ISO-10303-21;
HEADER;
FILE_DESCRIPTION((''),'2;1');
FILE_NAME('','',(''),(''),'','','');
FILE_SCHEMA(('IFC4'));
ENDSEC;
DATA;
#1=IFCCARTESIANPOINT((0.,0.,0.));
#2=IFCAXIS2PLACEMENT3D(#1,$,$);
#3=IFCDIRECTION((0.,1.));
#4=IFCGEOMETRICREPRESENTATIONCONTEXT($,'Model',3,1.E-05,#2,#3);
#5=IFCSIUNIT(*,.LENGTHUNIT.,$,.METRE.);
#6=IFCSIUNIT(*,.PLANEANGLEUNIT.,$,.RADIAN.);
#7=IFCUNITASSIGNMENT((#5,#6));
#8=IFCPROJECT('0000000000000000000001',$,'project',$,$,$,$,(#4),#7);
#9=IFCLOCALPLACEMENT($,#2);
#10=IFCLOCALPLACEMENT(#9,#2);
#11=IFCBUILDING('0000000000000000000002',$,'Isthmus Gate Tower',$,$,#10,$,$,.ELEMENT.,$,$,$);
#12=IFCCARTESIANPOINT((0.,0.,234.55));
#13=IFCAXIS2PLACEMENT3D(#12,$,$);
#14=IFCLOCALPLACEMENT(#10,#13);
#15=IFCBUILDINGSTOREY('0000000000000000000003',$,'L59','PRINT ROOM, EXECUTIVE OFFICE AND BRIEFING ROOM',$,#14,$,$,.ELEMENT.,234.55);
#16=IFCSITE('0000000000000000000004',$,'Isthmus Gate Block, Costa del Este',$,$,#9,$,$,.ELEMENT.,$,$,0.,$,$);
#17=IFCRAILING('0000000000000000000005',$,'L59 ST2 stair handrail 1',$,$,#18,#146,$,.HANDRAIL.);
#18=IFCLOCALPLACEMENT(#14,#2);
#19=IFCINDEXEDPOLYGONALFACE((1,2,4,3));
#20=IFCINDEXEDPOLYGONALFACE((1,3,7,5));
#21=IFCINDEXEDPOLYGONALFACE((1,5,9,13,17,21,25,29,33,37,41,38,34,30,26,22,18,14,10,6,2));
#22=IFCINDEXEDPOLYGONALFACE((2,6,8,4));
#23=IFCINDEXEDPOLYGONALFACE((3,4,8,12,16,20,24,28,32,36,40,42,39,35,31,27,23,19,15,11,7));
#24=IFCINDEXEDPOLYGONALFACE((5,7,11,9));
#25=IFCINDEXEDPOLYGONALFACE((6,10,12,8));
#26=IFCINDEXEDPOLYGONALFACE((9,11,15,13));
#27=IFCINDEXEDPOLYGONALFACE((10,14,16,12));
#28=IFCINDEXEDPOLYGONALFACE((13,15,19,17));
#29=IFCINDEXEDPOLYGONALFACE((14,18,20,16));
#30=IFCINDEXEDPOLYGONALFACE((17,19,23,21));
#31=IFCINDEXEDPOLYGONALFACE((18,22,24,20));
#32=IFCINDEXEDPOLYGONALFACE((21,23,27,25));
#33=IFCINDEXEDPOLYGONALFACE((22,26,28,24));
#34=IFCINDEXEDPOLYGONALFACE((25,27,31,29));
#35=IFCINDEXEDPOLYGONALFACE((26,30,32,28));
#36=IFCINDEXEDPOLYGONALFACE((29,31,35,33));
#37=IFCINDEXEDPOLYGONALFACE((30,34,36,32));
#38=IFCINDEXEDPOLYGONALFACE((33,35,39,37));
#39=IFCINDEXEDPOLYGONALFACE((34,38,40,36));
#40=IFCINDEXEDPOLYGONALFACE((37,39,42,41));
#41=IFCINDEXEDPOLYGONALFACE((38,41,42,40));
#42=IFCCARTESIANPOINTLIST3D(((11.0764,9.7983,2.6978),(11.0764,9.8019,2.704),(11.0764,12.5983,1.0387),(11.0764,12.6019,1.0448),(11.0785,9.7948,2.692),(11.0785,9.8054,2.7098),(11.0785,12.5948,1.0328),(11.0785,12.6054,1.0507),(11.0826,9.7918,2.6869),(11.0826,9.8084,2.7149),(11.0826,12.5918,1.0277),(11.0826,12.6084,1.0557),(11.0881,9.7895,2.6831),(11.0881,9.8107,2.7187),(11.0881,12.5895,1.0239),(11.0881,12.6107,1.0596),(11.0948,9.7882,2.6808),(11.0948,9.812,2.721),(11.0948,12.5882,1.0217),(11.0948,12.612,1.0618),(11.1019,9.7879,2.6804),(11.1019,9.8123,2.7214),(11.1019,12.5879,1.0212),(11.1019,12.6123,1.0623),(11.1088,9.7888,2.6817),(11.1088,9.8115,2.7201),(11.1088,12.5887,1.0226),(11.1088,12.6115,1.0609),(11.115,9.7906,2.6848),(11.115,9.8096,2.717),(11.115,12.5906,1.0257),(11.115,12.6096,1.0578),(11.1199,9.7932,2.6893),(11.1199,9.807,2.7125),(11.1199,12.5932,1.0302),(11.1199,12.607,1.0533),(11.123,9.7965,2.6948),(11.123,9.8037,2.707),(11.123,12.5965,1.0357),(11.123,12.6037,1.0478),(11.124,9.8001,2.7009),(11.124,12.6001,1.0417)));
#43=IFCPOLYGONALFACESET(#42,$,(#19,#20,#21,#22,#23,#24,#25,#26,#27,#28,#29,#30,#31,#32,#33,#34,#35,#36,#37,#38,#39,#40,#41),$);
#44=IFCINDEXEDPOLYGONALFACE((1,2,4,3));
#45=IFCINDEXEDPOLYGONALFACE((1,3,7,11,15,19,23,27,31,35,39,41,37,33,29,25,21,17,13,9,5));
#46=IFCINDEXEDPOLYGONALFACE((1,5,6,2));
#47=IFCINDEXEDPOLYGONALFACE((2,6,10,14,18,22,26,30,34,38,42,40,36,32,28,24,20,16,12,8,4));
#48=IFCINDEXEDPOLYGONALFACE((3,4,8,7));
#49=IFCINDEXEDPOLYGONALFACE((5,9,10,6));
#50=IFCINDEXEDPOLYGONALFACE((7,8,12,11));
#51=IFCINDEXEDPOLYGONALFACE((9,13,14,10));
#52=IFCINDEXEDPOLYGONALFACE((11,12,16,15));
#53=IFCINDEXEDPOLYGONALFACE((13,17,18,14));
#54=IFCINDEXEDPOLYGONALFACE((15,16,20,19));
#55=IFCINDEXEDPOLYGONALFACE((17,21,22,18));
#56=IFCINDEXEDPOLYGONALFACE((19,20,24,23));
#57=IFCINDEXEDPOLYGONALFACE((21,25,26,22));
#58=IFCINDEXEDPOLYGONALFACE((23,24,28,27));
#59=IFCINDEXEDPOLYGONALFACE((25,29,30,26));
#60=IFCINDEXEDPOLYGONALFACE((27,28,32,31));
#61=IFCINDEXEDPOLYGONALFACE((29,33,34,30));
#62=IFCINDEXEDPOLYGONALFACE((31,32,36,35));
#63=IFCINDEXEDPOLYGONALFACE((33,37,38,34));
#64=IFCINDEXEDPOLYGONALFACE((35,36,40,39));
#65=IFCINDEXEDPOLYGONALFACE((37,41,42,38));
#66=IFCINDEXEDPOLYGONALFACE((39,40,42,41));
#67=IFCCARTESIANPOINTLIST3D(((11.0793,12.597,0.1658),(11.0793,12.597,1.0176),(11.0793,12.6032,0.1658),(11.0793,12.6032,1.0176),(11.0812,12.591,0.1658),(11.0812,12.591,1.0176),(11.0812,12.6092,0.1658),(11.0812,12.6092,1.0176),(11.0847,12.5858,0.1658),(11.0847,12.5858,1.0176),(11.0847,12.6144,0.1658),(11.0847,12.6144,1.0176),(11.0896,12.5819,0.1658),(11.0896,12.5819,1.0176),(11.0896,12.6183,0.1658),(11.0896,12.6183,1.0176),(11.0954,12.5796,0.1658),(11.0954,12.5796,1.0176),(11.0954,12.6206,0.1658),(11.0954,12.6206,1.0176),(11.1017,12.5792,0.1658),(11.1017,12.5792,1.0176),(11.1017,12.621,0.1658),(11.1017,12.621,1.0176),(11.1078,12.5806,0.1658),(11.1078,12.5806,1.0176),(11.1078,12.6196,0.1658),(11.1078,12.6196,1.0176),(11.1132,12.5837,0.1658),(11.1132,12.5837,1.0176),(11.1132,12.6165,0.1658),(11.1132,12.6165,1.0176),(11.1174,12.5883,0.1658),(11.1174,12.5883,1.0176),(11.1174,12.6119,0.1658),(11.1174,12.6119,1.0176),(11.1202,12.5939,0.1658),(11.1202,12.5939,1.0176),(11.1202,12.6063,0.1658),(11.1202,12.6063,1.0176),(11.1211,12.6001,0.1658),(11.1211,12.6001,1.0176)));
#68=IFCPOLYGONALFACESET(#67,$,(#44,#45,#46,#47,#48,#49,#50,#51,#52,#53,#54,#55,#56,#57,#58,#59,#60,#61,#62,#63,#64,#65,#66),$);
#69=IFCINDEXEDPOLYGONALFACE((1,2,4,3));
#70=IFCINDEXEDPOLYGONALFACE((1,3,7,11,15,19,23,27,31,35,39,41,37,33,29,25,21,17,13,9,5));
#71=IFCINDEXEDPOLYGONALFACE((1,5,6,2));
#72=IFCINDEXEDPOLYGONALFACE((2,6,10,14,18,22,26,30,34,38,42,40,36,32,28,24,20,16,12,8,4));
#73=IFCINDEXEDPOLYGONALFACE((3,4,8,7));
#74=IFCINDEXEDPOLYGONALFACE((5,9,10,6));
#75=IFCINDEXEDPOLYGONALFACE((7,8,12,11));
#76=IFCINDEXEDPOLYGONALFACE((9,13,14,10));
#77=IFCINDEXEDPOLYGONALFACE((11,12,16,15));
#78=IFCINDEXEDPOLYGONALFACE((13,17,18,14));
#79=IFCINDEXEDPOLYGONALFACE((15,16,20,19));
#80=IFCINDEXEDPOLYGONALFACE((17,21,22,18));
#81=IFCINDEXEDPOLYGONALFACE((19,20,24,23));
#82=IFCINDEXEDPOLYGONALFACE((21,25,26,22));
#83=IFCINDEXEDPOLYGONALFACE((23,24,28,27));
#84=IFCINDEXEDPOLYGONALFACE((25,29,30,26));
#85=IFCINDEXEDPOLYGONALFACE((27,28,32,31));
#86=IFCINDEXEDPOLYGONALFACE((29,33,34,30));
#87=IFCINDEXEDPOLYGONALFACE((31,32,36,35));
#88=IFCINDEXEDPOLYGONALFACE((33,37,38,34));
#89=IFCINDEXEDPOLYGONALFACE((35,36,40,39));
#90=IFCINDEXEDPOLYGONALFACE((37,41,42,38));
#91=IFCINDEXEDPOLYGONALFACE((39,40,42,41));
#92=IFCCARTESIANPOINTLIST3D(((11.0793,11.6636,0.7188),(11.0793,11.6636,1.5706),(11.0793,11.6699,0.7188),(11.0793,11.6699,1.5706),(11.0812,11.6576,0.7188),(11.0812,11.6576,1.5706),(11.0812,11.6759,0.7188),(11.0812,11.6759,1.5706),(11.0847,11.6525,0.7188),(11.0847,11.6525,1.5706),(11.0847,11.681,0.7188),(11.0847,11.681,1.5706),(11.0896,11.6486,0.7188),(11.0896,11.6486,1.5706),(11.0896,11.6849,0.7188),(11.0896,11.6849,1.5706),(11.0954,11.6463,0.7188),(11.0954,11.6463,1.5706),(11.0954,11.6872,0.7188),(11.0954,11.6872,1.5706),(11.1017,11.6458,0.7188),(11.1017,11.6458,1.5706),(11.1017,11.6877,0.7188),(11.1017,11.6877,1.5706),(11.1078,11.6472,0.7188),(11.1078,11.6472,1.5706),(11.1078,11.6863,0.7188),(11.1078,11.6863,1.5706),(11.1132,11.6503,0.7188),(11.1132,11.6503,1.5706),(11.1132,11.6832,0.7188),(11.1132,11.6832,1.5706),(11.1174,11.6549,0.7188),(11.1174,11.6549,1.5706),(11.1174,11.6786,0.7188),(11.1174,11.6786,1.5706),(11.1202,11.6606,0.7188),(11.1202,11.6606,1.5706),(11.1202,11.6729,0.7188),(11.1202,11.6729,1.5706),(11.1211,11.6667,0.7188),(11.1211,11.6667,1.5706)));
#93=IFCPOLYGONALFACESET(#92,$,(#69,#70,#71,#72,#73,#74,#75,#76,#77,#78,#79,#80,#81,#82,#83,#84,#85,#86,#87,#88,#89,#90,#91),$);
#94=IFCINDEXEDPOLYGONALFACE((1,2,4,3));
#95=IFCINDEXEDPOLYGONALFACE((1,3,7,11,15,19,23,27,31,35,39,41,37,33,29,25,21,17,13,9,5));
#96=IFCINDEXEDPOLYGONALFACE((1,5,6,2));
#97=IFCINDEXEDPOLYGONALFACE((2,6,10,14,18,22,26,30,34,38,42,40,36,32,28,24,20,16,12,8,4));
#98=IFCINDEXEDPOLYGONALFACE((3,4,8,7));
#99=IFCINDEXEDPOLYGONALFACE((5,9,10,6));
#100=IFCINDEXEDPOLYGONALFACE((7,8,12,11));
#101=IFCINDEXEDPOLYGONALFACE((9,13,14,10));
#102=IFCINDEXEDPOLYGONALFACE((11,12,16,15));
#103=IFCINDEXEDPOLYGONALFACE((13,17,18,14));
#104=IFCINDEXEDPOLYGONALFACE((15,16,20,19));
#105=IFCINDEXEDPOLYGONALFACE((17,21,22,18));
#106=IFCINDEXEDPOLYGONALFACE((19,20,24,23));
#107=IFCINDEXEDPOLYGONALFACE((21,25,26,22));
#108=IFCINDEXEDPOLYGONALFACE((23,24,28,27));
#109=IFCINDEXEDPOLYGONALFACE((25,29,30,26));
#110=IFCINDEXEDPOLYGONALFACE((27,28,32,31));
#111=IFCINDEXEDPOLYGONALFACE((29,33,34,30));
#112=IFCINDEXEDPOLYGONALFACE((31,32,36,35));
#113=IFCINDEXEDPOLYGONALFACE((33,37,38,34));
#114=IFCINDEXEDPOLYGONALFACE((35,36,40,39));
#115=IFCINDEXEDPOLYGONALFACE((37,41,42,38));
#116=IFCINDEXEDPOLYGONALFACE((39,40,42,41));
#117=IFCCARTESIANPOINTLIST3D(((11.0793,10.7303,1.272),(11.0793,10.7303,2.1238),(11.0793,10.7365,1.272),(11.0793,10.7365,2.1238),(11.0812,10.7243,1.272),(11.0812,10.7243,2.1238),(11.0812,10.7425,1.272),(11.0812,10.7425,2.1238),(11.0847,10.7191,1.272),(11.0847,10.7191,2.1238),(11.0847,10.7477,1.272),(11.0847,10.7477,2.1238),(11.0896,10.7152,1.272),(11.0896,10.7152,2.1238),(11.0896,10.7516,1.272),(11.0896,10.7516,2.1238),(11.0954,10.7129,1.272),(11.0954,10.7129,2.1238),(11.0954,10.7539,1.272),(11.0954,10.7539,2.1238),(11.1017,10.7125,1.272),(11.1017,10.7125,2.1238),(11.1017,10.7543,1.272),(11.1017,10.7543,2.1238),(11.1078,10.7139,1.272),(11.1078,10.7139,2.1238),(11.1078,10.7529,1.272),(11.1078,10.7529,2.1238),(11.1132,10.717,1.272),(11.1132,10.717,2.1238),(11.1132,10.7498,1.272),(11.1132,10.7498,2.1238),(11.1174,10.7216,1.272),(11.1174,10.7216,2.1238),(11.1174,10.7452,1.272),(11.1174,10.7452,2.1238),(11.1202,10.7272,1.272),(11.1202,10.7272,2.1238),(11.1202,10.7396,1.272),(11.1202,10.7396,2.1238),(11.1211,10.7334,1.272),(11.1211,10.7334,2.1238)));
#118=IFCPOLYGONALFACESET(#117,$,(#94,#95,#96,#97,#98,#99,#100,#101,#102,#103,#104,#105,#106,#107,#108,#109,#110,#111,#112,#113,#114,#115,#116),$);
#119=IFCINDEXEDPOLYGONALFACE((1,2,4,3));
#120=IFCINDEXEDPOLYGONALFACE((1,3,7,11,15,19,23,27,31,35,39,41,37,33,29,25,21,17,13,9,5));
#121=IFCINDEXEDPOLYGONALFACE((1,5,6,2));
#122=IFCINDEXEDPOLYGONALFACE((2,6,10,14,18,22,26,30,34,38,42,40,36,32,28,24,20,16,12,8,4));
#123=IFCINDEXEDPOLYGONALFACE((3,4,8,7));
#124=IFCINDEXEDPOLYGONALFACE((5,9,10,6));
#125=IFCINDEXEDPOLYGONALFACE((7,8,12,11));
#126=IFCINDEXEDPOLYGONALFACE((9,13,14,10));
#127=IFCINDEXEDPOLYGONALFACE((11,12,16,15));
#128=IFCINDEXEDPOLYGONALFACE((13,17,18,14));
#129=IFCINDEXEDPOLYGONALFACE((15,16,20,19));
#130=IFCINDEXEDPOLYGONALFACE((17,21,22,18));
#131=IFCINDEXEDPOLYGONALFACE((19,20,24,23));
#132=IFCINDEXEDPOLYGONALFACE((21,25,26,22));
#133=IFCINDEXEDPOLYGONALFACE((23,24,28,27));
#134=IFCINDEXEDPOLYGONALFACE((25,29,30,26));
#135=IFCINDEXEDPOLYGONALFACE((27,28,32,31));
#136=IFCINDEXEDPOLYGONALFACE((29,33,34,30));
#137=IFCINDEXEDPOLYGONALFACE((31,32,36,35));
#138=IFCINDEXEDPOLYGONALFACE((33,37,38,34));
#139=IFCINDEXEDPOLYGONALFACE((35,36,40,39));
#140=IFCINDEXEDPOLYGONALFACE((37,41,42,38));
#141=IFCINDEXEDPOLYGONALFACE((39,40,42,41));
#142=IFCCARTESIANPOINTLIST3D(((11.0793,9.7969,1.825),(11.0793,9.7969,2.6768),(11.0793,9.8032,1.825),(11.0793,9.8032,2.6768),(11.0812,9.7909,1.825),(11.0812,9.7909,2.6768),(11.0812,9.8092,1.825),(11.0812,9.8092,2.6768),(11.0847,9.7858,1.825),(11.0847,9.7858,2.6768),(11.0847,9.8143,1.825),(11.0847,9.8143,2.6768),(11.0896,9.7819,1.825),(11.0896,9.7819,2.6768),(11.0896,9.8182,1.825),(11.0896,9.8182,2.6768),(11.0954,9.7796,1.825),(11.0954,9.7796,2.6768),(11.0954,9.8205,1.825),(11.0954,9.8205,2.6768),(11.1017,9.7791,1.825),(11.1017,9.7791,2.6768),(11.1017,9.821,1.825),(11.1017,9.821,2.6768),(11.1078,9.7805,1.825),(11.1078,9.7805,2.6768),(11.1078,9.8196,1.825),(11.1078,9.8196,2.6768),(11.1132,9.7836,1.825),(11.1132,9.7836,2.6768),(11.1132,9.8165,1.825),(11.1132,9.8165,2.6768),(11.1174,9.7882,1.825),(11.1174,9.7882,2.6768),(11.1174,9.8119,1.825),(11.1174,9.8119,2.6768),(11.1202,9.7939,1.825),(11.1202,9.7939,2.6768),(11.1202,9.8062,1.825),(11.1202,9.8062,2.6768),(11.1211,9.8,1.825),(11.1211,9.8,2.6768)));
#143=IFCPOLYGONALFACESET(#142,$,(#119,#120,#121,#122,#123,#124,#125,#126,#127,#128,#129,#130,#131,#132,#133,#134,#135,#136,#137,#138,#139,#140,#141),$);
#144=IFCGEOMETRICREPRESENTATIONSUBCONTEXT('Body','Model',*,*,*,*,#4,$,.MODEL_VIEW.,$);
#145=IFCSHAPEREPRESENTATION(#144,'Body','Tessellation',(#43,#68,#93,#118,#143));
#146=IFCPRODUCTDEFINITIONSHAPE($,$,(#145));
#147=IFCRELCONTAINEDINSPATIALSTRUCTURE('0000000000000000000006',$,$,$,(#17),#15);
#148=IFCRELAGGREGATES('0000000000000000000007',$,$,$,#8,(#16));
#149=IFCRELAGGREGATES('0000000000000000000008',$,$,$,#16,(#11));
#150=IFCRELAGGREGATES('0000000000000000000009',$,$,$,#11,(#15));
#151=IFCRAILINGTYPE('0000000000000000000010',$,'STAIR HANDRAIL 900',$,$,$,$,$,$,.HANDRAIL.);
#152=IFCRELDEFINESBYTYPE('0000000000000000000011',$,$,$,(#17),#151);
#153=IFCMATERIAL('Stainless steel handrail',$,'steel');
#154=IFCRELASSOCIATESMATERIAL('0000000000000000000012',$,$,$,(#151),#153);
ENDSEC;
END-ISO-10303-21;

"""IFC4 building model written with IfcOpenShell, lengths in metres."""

from ifc_helpers import new_model, si_unit, direction, frame, origin, origin_2d, place, context, subcontext, project, spatial, circle, extrude, material, type_object, element, save


model = new_model("IFC4")

# Units and contexts
model_context = context("Model", 3, precision=1e-05, world=origin(), true_north=direction((0.0, 1.0)))
body_context = subcontext(model_context, "Body", "Model", "MODEL_VIEW")
ifc_project = project(units=[si_unit("LENGTHUNIT", "METRE"), si_unit("PLANEANGLEUNIT", "RADIAN")], contexts=[model_context])

# Site, building, storey
site_placement = place(None, origin())
site = spatial("IfcSite", under=ifc_project, at=site_placement, Name="Isthmus Gate Block, Costa del Este", CompositionType="ELEMENT", RefElevation=0.0)
building_placement = place(site_placement, origin())
building = spatial("IfcBuilding", under=site, at=building_placement, Name="Isthmus Gate Tower", CompositionType="ELEMENT")
storey_placement = place(building_placement, frame((0.0, 0.0, 234.55)))
storey = spatial("IfcBuildingStorey", under=building, at=storey_placement, Name="L59", Description="PRINT ROOM, EXECUTIVE OFFICE AND BRIEFING ROOM", CompositionType="ELEMENT", Elevation=234.55)

# Railing
ifc_material_1 = material(Name="Stainless steel handrail", Category="steel")
railing_type_1 = type_object("IfcRailingType", Name="STAIR HANDRAIL 900", PredefinedType="HANDRAIL", material=ifc_material_1)
railing_1_placement = place(storey_placement, frame((11.1001, 12.6001, 0.1658)))
element("IfcRailing", 1, at=railing_1_placement, inside=storey, type_object=railing_type_1, Name="L59 ST2 stair handrail 1", PredefinedType="HANDRAIL", context=body_context, shape_type="SweptSolid", body=[
    extrude(circle(Radius=0.0239, at=origin_2d()), frame((0.0, 0.0, 0.876), z_axis=(0.0, -0.860306, 0.509778), x_axis=(1.0, 0.0, 0.0)), (0.0, 0.0, 1.0), 3.2546),
    extrude(circle(Radius=0.021, at=origin_2d()), origin(), (0.0, 0.0, 1.0), 0.8518),
    extrude(circle(Radius=0.021, at=origin_2d()), frame((0.0, -0.9333, 0.553)), (0.0, 0.0, 1.0), 0.8518),
    extrude(circle(Radius=0.021, at=origin_2d()), frame((0.0, -1.8667, 1.1062)), (0.0, 0.0, 1.0), 0.8518),
    extrude(circle(Radius=0.021, at=origin_2d()), frame((0.0, -2.8, 1.6592)), (0.0, 0.0, 1.0), 0.8518),
])

save(model, "model.ifc")
